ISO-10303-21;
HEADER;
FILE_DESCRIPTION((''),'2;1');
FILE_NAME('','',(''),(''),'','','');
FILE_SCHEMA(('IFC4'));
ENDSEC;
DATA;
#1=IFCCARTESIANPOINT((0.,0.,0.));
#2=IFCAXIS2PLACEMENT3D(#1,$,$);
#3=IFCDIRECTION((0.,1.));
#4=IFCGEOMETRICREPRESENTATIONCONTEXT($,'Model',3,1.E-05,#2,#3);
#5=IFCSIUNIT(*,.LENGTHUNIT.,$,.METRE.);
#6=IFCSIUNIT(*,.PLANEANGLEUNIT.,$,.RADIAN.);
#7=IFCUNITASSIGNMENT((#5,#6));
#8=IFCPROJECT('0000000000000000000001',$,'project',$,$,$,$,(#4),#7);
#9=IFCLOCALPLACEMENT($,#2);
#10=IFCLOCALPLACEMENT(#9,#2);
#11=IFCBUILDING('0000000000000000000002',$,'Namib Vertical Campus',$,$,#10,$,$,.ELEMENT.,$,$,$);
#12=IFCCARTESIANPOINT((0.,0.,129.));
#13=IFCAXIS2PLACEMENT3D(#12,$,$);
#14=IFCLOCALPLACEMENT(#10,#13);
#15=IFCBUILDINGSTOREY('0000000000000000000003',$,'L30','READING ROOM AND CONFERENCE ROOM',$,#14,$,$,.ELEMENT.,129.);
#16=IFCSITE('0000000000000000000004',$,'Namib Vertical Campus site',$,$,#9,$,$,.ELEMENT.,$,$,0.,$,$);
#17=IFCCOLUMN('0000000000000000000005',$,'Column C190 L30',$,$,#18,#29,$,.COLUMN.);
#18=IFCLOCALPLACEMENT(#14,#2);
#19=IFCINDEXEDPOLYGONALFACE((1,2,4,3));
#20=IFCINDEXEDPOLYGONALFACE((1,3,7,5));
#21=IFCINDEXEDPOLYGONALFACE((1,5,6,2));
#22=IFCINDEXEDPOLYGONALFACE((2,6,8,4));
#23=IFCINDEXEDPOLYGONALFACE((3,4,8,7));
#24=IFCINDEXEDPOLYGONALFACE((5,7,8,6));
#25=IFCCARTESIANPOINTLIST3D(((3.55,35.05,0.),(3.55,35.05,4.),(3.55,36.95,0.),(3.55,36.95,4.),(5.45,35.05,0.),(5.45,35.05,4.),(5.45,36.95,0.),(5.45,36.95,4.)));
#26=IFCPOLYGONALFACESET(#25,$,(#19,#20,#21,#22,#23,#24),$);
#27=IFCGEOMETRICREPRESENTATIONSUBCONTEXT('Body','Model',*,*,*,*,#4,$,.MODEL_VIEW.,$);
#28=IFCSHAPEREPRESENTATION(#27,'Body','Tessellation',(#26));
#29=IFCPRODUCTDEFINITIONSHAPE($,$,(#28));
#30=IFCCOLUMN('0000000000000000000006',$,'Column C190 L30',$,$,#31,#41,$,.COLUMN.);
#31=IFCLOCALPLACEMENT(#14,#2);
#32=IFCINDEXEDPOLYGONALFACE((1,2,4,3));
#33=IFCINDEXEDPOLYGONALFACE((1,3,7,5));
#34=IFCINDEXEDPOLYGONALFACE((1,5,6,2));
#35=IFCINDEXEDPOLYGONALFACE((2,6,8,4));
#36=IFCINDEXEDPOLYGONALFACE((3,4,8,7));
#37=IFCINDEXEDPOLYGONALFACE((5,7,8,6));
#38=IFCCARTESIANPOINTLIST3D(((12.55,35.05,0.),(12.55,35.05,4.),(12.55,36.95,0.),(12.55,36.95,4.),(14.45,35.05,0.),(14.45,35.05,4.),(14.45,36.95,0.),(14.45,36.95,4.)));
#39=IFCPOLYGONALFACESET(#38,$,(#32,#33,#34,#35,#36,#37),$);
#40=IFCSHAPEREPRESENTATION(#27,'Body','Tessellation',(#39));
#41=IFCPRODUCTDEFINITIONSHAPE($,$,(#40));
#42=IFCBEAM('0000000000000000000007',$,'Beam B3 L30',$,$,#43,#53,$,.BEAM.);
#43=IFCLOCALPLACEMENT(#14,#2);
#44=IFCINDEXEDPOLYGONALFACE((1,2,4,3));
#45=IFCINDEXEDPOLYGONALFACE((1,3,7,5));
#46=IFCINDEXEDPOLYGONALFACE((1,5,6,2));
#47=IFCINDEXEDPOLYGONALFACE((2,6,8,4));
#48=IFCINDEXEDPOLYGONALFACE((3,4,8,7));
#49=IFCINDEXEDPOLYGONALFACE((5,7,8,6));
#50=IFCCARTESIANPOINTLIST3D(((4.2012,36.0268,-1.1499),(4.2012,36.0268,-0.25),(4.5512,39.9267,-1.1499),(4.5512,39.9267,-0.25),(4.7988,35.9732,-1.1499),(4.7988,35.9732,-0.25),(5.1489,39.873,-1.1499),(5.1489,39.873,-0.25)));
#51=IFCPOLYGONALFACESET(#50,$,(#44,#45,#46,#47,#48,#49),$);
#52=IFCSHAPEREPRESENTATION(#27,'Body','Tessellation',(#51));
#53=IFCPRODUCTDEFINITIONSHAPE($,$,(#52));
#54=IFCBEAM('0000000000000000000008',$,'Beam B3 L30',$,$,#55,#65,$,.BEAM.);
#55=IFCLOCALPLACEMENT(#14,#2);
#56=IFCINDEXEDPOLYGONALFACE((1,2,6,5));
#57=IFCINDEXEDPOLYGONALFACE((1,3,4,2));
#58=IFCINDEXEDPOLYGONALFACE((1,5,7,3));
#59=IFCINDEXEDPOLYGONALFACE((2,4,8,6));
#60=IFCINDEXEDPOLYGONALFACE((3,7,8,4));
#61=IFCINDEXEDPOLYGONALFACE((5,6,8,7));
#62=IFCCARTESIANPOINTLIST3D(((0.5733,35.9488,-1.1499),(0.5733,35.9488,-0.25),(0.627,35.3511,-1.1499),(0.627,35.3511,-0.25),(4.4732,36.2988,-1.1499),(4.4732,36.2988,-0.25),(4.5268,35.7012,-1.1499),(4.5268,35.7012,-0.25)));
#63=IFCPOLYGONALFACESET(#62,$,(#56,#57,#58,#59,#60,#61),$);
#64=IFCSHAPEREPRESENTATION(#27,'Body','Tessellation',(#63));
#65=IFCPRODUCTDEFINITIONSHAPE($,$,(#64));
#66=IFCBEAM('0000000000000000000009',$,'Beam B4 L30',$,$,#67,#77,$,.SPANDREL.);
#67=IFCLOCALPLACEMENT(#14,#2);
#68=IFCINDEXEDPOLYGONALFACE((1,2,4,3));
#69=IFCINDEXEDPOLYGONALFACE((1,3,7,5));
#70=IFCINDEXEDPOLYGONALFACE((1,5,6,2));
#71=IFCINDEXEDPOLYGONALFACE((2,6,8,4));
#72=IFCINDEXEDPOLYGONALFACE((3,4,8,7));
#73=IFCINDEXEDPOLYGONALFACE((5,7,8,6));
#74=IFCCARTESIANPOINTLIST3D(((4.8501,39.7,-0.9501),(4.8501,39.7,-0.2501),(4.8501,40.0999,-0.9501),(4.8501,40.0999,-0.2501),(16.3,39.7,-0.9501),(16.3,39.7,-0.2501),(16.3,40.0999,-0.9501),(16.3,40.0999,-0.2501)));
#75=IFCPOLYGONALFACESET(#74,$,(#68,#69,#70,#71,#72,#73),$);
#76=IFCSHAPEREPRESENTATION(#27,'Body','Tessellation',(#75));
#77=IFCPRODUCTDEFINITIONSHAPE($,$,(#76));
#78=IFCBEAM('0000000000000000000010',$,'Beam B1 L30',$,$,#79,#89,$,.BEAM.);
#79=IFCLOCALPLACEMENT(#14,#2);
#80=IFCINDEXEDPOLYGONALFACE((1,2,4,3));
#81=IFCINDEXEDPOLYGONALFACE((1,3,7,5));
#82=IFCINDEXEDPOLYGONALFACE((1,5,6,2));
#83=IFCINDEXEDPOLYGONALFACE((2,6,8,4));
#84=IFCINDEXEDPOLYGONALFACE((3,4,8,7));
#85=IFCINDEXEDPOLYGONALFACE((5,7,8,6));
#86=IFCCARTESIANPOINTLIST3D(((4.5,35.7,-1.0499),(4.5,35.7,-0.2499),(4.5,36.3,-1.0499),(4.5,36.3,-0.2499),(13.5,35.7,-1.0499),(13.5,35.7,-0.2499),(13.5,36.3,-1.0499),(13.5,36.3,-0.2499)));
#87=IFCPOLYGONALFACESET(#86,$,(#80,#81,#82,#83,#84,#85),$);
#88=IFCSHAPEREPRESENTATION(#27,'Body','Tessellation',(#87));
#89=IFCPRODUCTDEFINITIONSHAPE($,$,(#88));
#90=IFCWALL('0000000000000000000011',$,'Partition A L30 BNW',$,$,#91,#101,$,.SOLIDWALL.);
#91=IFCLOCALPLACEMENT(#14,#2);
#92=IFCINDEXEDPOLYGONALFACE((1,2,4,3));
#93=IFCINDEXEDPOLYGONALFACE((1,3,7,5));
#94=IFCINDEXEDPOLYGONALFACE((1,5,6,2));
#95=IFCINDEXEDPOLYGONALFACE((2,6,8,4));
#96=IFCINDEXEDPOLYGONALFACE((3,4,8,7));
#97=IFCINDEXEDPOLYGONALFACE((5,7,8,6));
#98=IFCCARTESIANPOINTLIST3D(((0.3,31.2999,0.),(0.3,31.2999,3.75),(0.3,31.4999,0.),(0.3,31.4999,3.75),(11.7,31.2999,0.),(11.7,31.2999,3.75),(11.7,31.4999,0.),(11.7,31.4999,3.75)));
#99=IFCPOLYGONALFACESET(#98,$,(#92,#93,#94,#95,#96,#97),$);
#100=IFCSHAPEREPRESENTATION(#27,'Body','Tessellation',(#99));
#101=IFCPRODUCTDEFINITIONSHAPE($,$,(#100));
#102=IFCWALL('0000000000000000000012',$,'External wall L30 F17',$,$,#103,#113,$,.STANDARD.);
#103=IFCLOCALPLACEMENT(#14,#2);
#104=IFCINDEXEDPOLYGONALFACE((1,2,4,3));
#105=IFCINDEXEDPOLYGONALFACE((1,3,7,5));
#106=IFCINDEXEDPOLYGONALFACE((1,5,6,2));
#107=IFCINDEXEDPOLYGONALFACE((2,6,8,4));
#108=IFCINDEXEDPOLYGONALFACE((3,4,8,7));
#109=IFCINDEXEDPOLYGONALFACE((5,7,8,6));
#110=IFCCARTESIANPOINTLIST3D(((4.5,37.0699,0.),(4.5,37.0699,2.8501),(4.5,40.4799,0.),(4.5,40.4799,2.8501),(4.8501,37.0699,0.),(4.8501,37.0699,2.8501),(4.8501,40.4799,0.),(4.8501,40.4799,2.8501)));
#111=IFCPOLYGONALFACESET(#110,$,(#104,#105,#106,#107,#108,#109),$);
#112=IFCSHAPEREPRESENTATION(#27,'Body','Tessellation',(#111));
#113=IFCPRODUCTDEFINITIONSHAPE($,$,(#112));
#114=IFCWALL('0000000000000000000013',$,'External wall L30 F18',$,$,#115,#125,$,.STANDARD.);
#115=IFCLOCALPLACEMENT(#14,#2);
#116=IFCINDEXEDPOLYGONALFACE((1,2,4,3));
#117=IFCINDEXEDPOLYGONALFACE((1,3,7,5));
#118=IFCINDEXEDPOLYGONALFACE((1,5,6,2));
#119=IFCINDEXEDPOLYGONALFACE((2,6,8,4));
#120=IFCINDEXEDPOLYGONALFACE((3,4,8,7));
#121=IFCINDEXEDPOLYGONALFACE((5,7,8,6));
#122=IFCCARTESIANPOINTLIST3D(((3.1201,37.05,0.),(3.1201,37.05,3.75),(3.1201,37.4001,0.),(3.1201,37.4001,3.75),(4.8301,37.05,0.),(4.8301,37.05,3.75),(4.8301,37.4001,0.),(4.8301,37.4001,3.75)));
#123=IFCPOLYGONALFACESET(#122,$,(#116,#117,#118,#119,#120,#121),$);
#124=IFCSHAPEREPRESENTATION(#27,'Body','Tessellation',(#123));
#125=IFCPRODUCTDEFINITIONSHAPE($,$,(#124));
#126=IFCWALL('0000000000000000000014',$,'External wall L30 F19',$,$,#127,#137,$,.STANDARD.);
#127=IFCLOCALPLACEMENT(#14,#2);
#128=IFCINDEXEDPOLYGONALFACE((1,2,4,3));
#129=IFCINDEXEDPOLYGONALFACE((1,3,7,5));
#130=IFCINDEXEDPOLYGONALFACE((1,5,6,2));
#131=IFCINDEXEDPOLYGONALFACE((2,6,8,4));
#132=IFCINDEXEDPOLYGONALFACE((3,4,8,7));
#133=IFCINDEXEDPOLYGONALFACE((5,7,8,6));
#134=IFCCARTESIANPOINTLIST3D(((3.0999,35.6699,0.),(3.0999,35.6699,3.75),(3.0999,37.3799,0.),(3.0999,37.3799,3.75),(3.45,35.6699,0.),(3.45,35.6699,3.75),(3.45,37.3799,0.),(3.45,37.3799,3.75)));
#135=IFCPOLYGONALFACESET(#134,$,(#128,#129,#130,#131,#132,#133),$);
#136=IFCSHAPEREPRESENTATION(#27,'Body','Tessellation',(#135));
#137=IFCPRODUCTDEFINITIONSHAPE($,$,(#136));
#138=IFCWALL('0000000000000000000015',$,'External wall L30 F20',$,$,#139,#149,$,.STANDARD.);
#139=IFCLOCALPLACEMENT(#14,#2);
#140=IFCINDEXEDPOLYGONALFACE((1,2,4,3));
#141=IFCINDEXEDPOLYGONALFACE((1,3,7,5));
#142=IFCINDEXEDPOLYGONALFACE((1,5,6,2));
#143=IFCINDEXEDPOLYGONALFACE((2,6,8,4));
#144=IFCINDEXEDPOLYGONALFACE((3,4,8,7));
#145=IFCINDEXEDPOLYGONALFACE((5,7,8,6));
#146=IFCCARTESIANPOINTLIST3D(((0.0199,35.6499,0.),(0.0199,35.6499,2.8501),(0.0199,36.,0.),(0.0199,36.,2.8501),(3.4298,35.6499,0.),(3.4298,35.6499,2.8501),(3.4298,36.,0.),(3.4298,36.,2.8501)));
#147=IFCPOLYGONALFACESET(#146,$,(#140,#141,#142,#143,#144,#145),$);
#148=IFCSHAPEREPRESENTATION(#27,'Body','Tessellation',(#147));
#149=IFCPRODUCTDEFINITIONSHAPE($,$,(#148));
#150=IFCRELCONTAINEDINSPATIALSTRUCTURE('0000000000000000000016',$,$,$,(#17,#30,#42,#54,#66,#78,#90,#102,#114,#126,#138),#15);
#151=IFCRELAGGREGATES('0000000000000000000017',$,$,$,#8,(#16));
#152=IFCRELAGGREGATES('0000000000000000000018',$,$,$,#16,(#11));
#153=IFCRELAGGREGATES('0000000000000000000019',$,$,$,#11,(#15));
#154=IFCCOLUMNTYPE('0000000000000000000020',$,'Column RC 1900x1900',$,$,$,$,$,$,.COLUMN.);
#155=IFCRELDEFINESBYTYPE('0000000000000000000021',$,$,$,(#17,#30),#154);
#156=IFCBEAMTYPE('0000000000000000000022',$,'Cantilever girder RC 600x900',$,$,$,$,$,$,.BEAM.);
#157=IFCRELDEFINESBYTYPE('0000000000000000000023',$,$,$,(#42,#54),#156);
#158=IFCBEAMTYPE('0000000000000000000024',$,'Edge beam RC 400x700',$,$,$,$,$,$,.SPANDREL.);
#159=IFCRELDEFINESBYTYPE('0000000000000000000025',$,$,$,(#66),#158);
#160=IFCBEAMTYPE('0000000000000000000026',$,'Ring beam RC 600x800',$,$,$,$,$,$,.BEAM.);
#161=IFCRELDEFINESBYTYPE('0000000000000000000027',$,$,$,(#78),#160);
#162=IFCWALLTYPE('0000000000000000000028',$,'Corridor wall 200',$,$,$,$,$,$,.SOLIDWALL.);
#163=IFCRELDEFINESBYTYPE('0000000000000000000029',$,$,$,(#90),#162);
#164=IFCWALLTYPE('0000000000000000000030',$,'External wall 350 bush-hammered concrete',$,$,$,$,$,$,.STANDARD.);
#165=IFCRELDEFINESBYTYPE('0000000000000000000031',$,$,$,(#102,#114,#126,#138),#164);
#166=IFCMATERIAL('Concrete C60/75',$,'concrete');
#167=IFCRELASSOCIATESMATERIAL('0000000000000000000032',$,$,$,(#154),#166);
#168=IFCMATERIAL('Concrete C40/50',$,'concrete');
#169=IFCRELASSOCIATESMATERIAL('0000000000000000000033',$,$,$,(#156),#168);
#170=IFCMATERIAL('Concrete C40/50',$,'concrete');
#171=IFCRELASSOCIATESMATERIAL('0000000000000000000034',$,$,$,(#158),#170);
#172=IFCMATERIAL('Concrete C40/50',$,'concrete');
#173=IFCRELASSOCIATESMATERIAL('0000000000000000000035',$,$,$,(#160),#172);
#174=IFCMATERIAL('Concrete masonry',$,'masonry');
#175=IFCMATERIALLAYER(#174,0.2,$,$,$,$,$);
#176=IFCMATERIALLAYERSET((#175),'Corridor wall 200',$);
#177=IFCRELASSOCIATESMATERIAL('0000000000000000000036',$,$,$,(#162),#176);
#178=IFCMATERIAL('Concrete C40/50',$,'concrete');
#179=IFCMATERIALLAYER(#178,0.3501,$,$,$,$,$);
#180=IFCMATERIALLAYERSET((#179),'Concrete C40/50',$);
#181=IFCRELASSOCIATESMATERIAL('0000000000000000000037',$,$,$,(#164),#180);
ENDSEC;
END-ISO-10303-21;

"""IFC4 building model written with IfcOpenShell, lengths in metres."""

from ifc_helpers import new_model, si_unit, direction, frame, frame_2d, origin, origin_2d, place, context, subcontext, project, spatial, rectangle, extrude, material, layer, layer_set, material_profile, profile_set, type_object, element, save


model = new_model("IFC4")

# Units and contexts
model_context = context("Model", 3, precision=1e-05, world=origin(), true_north=direction((0.0, 1.0)))
body_context = subcontext(model_context, "Body", "Model", "MODEL_VIEW")
ifc_project = project(units=[si_unit("LENGTHUNIT", "METRE"), si_unit("PLANEANGLEUNIT", "RADIAN")], contexts=[model_context])

# Site, building, storey
site_placement = place(None, origin())
site = spatial("IfcSite", under=ifc_project, at=site_placement, Name="Namib Vertical Campus site", CompositionType="ELEMENT", RefElevation=0.0)
building_placement = place(site_placement, origin())
building = spatial("IfcBuilding", under=site, at=building_placement, Name="Namib Vertical Campus", CompositionType="ELEMENT")
storey_placement = place(building_placement, frame((0.0, 0.0, 129.0)))
storey = spatial("IfcBuildingStorey", under=building, at=storey_placement, Name="L30", Description="READING ROOM AND CONFERENCE ROOM", CompositionType="ELEMENT", Elevation=129.0)

# Columns
ifc_material_1 = material(Name="Concrete C60/75", Category="concrete")
ifc_material_profile_1 = material_profile(ifc_material_1, rectangle(XDim=1.8999, YDim=1.8999, at=origin_2d()))
ifc_profile_set_1 = profile_set([ifc_material_profile_1], Name="Concrete C60/75")
column_type = type_object("IfcColumnType", Name="Column RC 1900x1900", PredefinedType="COLUMN", material=ifc_profile_set_1)
for number, where, z_axis, x_axis, name in (
    (1, (4.5, 36.0, 0.0), (0.0, 0.0, 1.0), (1.0, 0.0, 0.0), "Column C190 L30"),
    (2, (13.5, 36.0, 0.0), (0.0, 0.0, 1.0), (1.0, 0.0, 0.0), "Column C190 L30"),
):
    element("IfcColumn", number, at=place(storey_placement, frame(where, z_axis=z_axis, x_axis=x_axis)), inside=storey, type_object=column_type, Name=name, PredefinedType="COLUMN", context=body_context, shape_type="SweptSolid", body=[
        extrude(rectangle(XDim=1.8999, YDim=1.8999, at=origin_2d()), origin(), (0.0, 0.0, 1.0), 4.0),
    ])

# Beams
ifc_material_2 = material(Name="Concrete C40/50", Category="concrete")
ifc_material_profile_2 = material_profile(ifc_material_2, rectangle(XDim=0.6001, YDim=0.8999, at=origin_2d()))
ifc_profile_set_2 = profile_set([ifc_material_profile_2], Name="Concrete C40/50")
beam_type_1 = type_object("IfcBeamType", Name="Cantilever girder RC 600x900", PredefinedType="BEAM", material=ifc_profile_set_2)
for number, where, z_axis, x_axis, name in (
    (3, (4.5, 36.0, -0.7), (0.089411, 0.995995, 0.0), (-0.995995, 0.089411, 0.0), "Beam B3 L30"),
    (4, (4.5, 36.0, -0.7), (-0.995995, -0.089411, 0.0), (0.089411, -0.995995, 0.0), "Beam B3 L30"),
):
    element("IfcBeam", number, at=place(storey_placement, frame(where, z_axis=z_axis, x_axis=x_axis)), inside=storey, type_object=beam_type_1, Name=name, PredefinedType="BEAM", context=body_context, shape_type="SweptSolid", body=[
        extrude(rectangle(XDim=0.6001, YDim=0.8999, at=origin_2d()), origin(), (0.0, 0.0, 1.0), 3.9155),
    ])
ifc_material_3 = material(Name="Concrete C40/50", Category="concrete")
ifc_material_profile_3 = material_profile(ifc_material_3, rectangle(XDim=0.3999, YDim=0.7, at=origin_2d()))
ifc_profile_set_3 = profile_set([ifc_material_profile_3], Name="Concrete C40/50")
beam_type_2 = type_object("IfcBeamType", Name="Edge beam RC 400x700", PredefinedType="SPANDREL", material=ifc_profile_set_3)
beam_1_placement = place(storey_placement, frame((4.8501, 39.8999, -0.6001), z_axis=(1.0, 0.0, 0.0), x_axis=(0.0, 1.0, 0.0)))
element("IfcBeam", 5, at=beam_1_placement, inside=storey, type_object=beam_type_2, Name="Beam B4 L30", PredefinedType="SPANDREL", context=body_context, shape_type="SweptSolid", body=[
    extrude(rectangle(XDim=0.3999, YDim=0.7, at=origin_2d()), origin(), (0.0, 0.0, 1.0), 11.45),
])
ifc_material_4 = material(Name="Concrete C40/50", Category="concrete")
ifc_material_profile_4 = material_profile(ifc_material_4, rectangle(XDim=0.6001, YDim=0.8, at=origin_2d()))
ifc_profile_set_4 = profile_set([ifc_material_profile_4], Name="Concrete C40/50")
beam_type_3 = type_object("IfcBeamType", Name="Ring beam RC 600x800", PredefinedType="BEAM", material=ifc_profile_set_4)
beam_2_placement = place(storey_placement, frame((4.5, 36.0, -0.6499), z_axis=(1.0, 0.0, 0.0), x_axis=(0.0, 1.0, 0.0)))
element("IfcBeam", 6, at=beam_2_placement, inside=storey, type_object=beam_type_3, Name="Beam B1 L30", PredefinedType="BEAM", context=body_context, shape_type="SweptSolid", body=[
    extrude(rectangle(XDim=0.6001, YDim=0.8, at=origin_2d()), origin(), (0.0, 0.0, 1.0), 9.0),
])

# Walls
ifc_material_5 = material(Name="Concrete masonry", Category="masonry")
ifc_layer_1 = layer(ifc_material_5, 0.2)
ifc_layer_set_1 = layer_set([ifc_layer_1], Name="Corridor wall 200")
wall_type_1 = type_object("IfcWallType", Name="Corridor wall 200", PredefinedType="SOLIDWALL", material=ifc_layer_set_1)
wall_1_placement = place(storey_placement, frame((0.3, 31.3999, 0.0), z_axis=(0.0, 0.0, 1.0), x_axis=(1.0, 0.0, 0.0)))
element("IfcWall", 7, at=wall_1_placement, inside=storey, type_object=wall_type_1, Name="Partition A L30 BNW", PredefinedType="SOLIDWALL", context=body_context, shape_type="SweptSolid", body=[
    extrude(rectangle(XDim=11.3999, YDim=0.2, at=frame_2d((5.7, 0.0))), origin(), (0.0, 0.0, 1.0), 3.75),
])
ifc_material_6 = material(Name="Concrete C40/50", Category="concrete")
ifc_layer_2 = layer(ifc_material_6, 0.3501)
ifc_layer_set_2 = layer_set([ifc_layer_2], Name="Concrete C40/50")
wall_type_2 = type_object("IfcWallType", Name="External wall 350 bush-hammered concrete", PredefinedType="STANDARD", material=ifc_layer_set_2)
wall_2_placement = place(storey_placement, frame((4.675, 40.48, 0.0), z_axis=(0.0, 0.0, 1.0), x_axis=(0.0, -1.0, 0.0)))
element("IfcWall", 8, at=wall_2_placement, inside=storey, type_object=wall_type_2, Name="External wall L30 F17", PredefinedType="STANDARD", context=body_context, shape_type="SweptSolid", body=[
    extrude(rectangle(XDim=3.4099, YDim=0.3501, at=frame_2d((1.7051, 0.0))), origin(), (0.0, 0.0, 1.0), 2.8501),
])
for number, where, z_axis, x_axis, name in (
    (9, (4.8301, 37.2251, 0.0), (0.0, 0.0, 1.0), (-1.0, 0.0, 0.0), "External wall L30 F18"),
    (10, (3.2749, 37.3799, 0.0), (0.0, 0.0, 1.0), (0.0, -1.0, 0.0), "External wall L30 F19"),
):
    element("IfcWall", number, at=place(storey_placement, frame(where, z_axis=z_axis, x_axis=x_axis)), inside=storey, type_object=wall_type_2, Name=name, PredefinedType="STANDARD", context=body_context, shape_type="SweptSolid", body=[
        extrude(rectangle(XDim=1.71, YDim=0.3501, at=frame_2d((0.855, 0.0))), origin(), (0.0, 0.0, 1.0), 3.75),
    ])
wall_3_placement = place(storey_placement, frame((3.4299, 35.825, 0.0), z_axis=(0.0, 0.0, 1.0), x_axis=(-1.0, 0.0, 0.0)))
element("IfcWall", 11, at=wall_3_placement, inside=storey, type_object=wall_type_2, Name="External wall L30 F20", PredefinedType="STANDARD", context=body_context, shape_type="SweptSolid", body=[
    extrude(rectangle(XDim=3.4099, YDim=0.3501, at=frame_2d((1.7051, 0.0))), origin(), (0.0, 0.0, 1.0), 2.8501),
])

save(model, "model.ifc")
